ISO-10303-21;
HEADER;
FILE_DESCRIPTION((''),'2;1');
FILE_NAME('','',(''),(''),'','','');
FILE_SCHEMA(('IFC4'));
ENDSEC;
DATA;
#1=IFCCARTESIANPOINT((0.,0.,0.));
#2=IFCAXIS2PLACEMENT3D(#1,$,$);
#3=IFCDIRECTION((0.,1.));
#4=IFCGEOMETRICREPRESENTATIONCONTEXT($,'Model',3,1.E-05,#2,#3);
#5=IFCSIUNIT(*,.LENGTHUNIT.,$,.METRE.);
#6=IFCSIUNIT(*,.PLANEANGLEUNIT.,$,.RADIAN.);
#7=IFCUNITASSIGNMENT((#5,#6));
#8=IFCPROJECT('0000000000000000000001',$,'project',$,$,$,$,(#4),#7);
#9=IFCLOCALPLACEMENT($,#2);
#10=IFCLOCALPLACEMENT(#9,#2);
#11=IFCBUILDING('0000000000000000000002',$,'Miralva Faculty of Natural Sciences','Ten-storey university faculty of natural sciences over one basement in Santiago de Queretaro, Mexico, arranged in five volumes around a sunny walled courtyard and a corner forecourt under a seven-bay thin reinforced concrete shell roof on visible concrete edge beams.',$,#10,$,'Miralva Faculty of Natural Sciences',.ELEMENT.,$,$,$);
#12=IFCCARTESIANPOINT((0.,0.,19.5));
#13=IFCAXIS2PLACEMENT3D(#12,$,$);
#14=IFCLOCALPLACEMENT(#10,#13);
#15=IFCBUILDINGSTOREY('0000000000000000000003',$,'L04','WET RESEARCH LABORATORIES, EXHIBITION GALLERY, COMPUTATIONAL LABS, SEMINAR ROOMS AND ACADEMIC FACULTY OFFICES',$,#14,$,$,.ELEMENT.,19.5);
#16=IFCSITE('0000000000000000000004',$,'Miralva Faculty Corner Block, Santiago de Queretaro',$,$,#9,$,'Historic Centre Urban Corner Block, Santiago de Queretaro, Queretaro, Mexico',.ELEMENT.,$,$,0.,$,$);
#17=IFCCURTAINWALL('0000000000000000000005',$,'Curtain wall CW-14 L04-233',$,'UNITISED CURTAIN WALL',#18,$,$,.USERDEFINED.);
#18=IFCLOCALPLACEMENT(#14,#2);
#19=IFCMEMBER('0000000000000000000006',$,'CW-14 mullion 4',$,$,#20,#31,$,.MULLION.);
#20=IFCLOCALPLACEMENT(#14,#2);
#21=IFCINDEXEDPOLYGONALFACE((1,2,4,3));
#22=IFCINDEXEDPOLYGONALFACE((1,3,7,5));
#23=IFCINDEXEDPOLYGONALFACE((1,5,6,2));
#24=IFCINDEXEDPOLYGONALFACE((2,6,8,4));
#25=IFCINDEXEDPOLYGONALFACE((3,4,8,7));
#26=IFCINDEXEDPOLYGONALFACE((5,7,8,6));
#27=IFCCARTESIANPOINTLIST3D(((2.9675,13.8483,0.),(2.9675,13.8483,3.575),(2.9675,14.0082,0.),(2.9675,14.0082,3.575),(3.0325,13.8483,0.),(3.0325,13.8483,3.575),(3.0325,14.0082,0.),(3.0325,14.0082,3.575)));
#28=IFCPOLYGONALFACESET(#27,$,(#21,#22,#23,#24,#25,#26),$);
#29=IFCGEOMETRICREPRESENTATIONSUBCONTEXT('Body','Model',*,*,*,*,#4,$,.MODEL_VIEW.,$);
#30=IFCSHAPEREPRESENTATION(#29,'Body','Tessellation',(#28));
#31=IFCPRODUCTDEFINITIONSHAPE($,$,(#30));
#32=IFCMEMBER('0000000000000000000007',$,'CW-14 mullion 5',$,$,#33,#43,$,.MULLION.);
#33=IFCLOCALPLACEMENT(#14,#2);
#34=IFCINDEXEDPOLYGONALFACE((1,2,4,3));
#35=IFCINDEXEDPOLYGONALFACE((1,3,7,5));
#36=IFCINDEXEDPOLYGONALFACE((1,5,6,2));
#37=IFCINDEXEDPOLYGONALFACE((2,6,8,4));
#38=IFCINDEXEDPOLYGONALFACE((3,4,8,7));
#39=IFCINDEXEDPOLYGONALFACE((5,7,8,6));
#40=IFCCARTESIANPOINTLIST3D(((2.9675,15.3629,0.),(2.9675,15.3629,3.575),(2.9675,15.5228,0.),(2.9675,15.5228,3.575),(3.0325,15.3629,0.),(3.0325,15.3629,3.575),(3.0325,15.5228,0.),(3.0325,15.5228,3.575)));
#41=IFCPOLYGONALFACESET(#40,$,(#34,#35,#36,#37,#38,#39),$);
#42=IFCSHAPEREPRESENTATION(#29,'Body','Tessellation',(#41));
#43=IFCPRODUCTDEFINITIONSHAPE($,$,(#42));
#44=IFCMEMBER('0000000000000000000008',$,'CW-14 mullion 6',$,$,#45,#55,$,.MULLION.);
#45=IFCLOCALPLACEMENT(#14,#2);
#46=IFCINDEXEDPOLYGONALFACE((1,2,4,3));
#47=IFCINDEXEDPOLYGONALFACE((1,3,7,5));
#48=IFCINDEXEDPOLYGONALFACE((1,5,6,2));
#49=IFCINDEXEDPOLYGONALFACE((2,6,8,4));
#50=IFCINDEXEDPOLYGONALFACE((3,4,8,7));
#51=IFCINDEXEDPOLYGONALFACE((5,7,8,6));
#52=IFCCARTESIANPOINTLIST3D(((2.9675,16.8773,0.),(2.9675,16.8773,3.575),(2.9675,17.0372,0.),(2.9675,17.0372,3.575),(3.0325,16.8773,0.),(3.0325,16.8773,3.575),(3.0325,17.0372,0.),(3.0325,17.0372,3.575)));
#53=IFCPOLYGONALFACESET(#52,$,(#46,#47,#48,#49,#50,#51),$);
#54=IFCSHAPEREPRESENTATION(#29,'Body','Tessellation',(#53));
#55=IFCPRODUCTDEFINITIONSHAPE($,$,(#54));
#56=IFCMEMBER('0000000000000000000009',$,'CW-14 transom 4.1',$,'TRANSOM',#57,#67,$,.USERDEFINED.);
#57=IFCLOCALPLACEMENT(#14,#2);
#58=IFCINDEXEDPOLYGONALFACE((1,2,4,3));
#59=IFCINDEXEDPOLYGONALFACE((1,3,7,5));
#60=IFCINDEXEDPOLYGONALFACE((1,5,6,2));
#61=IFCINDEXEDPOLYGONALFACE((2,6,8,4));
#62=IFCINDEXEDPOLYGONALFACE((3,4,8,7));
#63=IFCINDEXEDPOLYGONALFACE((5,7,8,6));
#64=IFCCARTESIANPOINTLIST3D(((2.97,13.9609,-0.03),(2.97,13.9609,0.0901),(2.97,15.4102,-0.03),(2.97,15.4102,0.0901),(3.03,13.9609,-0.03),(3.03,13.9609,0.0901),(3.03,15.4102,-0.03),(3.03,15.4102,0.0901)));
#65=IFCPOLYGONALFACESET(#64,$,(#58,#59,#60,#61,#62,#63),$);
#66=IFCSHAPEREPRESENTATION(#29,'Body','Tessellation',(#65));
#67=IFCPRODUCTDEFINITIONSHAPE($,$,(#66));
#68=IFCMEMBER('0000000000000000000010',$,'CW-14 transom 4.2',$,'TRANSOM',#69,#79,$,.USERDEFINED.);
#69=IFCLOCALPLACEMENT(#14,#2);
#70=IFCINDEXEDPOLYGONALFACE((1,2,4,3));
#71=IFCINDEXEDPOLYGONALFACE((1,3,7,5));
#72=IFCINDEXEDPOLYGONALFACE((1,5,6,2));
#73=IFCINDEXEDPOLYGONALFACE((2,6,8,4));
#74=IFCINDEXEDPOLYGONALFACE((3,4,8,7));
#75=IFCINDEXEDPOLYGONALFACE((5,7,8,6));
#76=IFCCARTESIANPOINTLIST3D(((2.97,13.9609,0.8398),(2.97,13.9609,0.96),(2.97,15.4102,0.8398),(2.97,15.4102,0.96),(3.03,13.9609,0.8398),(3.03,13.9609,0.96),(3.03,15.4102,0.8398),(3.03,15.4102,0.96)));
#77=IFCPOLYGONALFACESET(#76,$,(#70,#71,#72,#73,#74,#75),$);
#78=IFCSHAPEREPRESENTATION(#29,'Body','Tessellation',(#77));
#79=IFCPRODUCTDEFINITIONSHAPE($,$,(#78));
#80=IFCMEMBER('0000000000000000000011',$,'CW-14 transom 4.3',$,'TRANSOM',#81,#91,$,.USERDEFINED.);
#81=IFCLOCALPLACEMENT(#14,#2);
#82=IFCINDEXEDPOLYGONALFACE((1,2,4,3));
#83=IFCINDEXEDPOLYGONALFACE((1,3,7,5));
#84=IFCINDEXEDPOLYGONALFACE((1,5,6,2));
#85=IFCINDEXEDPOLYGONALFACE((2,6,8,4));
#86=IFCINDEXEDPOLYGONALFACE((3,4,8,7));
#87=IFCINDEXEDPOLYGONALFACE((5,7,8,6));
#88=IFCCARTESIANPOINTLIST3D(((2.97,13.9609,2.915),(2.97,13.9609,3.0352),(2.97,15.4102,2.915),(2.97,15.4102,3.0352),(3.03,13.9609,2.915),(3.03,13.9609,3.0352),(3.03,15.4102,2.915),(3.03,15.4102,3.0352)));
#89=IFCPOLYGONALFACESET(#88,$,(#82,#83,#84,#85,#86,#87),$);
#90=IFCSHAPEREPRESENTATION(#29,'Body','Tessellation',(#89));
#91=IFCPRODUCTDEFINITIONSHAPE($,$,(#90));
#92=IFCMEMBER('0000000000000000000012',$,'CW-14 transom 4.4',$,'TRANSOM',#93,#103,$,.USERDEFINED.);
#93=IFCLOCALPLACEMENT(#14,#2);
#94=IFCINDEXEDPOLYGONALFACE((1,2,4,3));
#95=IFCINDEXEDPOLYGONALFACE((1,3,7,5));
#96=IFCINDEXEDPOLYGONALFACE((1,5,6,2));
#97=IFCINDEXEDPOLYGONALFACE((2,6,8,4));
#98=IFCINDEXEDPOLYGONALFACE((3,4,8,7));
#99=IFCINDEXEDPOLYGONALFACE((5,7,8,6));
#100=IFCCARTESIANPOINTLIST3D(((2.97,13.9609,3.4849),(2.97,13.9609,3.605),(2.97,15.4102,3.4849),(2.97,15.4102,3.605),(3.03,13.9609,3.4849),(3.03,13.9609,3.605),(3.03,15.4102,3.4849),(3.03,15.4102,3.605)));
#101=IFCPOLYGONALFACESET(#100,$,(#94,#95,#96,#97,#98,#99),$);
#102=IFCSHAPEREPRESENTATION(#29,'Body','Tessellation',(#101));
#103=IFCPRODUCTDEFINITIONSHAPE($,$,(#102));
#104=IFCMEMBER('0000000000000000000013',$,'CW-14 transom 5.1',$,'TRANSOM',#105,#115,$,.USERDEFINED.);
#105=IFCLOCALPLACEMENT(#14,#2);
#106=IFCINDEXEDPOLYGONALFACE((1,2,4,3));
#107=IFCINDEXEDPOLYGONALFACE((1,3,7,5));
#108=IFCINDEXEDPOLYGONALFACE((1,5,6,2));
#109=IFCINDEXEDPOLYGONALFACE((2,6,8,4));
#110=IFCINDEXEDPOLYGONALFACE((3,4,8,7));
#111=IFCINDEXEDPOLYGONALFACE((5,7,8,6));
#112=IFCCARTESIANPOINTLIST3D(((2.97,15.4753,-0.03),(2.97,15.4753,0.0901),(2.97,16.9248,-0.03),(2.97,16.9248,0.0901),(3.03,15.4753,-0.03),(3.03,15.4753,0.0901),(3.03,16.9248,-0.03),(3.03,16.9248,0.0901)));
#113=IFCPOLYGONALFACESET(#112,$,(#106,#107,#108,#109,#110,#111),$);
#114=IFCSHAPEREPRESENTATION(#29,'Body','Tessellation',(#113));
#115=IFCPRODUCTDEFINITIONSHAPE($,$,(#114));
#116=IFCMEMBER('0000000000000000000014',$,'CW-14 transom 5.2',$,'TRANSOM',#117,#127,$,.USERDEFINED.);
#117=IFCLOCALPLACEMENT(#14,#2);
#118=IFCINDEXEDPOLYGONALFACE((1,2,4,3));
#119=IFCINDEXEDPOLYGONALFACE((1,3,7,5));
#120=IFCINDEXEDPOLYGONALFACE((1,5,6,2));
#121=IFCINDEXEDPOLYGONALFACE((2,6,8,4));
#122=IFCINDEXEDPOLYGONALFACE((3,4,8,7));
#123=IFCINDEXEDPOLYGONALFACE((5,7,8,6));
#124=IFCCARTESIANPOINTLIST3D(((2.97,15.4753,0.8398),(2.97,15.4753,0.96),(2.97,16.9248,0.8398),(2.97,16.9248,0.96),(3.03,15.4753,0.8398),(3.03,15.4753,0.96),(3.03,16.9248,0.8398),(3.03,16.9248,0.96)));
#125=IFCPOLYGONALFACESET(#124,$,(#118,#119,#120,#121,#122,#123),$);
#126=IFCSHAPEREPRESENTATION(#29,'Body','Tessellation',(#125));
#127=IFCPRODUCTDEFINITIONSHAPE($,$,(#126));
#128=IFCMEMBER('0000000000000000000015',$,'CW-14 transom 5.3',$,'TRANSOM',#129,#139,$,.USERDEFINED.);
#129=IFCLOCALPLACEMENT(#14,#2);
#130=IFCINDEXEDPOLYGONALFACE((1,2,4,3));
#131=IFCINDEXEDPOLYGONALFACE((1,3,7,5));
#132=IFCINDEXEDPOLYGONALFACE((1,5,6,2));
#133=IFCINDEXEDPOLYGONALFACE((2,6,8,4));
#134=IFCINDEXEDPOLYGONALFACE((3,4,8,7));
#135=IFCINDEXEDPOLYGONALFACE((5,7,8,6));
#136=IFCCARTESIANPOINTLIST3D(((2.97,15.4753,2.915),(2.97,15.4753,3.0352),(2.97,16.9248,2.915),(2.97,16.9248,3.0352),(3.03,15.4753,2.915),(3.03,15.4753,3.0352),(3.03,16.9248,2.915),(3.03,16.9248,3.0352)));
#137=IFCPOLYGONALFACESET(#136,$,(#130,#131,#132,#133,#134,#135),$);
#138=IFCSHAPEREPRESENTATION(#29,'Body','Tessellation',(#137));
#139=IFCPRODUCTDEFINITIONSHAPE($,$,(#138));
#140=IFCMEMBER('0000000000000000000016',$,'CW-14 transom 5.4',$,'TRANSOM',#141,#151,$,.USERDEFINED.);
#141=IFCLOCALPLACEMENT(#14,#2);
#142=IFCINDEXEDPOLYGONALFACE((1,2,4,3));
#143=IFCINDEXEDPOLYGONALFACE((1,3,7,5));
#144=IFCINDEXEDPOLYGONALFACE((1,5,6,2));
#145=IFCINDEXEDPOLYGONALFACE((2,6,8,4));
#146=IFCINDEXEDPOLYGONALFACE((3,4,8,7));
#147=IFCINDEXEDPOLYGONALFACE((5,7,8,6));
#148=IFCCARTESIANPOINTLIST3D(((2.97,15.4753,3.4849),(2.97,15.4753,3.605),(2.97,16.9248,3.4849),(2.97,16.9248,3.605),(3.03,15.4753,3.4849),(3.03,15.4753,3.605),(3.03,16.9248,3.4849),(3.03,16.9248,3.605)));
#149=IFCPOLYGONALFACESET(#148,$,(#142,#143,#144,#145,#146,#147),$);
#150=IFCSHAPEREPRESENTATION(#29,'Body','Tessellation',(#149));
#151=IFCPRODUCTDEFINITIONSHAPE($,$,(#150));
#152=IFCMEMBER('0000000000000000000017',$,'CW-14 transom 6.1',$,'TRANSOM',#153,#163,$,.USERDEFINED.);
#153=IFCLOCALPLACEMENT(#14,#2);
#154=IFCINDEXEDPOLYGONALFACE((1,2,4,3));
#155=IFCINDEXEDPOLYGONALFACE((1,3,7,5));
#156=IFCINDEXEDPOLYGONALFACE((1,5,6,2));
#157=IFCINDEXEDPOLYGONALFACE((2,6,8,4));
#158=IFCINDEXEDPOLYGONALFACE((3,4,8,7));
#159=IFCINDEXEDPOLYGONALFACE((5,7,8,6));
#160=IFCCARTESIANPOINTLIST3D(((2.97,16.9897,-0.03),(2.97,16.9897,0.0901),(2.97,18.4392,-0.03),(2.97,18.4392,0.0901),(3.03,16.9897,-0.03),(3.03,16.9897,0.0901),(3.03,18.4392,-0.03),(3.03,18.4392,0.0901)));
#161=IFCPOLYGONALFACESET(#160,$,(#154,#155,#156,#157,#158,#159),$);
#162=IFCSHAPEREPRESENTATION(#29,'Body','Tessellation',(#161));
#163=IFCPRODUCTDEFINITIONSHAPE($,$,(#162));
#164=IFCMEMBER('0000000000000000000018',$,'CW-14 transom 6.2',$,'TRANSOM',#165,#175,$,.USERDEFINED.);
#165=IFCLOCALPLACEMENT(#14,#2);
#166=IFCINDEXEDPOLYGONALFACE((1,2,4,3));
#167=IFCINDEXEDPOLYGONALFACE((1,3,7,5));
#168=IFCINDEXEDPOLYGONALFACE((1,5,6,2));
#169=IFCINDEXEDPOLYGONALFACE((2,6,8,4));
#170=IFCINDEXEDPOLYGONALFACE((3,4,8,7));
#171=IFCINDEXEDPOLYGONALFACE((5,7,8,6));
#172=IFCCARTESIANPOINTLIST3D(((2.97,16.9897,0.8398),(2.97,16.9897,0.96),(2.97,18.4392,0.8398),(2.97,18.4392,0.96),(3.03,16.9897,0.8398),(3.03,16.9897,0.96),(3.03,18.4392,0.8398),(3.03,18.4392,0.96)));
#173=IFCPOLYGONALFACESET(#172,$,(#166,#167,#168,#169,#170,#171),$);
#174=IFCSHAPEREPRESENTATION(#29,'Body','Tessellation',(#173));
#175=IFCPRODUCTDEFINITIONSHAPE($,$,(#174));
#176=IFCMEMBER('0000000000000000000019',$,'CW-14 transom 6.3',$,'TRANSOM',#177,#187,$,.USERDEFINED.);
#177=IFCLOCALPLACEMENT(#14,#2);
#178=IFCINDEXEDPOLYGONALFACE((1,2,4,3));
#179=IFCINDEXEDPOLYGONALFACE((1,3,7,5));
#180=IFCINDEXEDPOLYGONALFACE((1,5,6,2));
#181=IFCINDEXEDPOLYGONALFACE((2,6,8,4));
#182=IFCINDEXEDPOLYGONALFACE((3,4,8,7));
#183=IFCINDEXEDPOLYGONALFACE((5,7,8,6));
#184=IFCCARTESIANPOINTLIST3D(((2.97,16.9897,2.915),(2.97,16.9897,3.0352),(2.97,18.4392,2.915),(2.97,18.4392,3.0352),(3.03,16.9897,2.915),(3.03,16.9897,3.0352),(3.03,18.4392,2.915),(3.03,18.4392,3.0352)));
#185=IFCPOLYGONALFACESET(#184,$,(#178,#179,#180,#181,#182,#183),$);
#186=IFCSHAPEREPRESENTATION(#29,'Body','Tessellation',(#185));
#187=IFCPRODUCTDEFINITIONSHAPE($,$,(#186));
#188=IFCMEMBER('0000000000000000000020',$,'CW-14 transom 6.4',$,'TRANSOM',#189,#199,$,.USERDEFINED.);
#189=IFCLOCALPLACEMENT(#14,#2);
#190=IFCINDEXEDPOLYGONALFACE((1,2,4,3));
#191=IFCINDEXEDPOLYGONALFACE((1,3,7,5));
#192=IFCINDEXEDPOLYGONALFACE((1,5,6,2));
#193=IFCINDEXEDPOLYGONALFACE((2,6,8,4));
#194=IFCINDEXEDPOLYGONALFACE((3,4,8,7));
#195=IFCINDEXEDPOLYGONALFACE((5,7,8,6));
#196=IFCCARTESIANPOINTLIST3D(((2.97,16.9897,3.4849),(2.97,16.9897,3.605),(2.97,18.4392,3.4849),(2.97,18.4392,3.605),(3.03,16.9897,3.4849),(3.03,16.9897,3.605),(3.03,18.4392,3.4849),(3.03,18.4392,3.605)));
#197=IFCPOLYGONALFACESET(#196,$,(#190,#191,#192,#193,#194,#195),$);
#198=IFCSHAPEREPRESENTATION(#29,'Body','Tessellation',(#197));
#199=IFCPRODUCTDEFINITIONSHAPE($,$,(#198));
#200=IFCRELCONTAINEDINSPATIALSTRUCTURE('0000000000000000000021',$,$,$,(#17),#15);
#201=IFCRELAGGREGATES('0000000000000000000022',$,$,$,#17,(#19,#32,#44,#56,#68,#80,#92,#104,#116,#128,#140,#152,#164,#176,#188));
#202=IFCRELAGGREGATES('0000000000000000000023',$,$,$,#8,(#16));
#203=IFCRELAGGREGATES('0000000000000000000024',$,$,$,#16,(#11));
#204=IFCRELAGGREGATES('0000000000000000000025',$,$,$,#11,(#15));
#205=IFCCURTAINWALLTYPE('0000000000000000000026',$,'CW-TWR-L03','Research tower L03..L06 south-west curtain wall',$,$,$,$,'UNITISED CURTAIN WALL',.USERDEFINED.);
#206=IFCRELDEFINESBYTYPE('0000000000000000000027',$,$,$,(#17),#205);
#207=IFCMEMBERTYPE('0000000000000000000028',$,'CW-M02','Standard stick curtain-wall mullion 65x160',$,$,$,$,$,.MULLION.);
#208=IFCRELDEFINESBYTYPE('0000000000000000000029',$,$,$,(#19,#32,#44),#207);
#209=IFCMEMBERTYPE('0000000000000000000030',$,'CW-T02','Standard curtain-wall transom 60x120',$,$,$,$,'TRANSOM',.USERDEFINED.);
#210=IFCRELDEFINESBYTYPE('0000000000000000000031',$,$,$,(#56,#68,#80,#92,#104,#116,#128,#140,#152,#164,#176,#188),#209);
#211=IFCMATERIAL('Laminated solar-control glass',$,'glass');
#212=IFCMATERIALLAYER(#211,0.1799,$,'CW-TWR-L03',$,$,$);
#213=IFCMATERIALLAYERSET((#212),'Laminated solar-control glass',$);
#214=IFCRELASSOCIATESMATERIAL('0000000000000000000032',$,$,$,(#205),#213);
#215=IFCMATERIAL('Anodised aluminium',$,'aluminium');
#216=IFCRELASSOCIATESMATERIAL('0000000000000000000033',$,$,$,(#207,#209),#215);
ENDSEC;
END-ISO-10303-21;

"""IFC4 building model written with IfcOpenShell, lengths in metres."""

from ifc_helpers import new_model, si_unit, direction, frame, origin, origin_2d, place, context, subcontext, project, spatial, rectangle, extrude, material, layer, layer_set, material_profile, profile_set, type_object, element, aggregate, save


model = new_model("IFC4")

# Units and contexts
model_context = context("Model", 3, precision=1e-05, world=origin(), true_north=direction((0.0, 1.0)))
body_context = subcontext(model_context, "Body", "Model", "MODEL_VIEW")
ifc_project = project(units=[si_unit("LENGTHUNIT", "METRE"), si_unit("PLANEANGLEUNIT", "RADIAN")], contexts=[model_context])

# Site, building, storey
site_placement = place(None, origin())
site = spatial("IfcSite", under=ifc_project, at=site_placement, Name="Miralva Faculty Corner Block, Santiago de Queretaro", LongName="Historic Centre Urban Corner Block, Santiago de Queretaro, Queretaro, Mexico", CompositionType="ELEMENT", RefElevation=0.0)
building_placement = place(site_placement, origin())
building = spatial("IfcBuilding", under=site, at=building_placement, Name="Miralva Faculty of Natural Sciences", Description="Ten-storey university faculty of natural sciences over one basement in Santiago de Queretaro, Mexico, arranged in five volumes around a sunny walled courtyard and a corner forecourt under a seven-bay thin reinforced concrete shell roof on visible concrete edge beams.", LongName="Miralva Faculty of Natural Sciences", CompositionType="ELEMENT")
storey_placement = place(building_placement, frame((0.0, 0.0, 19.5)))
storey = spatial("IfcBuildingStorey", under=building, at=storey_placement, Name="L04", Description="WET RESEARCH LABORATORIES, EXHIBITION GALLERY, COMPUTATIONAL LABS, SEMINAR ROOMS AND ACADEMIC FACULTY OFFICES", CompositionType="ELEMENT", Elevation=19.5)

# Curtain wall, members
ifc_material_1 = material(Name="Laminated solar-control glass", Category="glass")
ifc_layer_1 = layer(ifc_material_1, 0.1799, Name="CW-TWR-L03")
ifc_layer_set_1 = layer_set([ifc_layer_1], Name="Laminated solar-control glass")
curtain_wall_type = type_object("IfcCurtainWallType", Name="CW-TWR-L03", Description="Research tower L03..L06 south-west curtain wall", ElementType="UNITISED CURTAIN WALL", PredefinedType="USERDEFINED", material=ifc_layer_set_1)
curtain_wall_placement = place(storey_placement, origin())
curtain_wall = element("IfcCurtainWall", 1, at=curtain_wall_placement, inside=storey, type_object=curtain_wall_type, Name="Curtain wall CW-14 L04-233", ObjectType="UNITISED CURTAIN WALL", PredefinedType="USERDEFINED")
ifc_material_2 = material(Name="Anodised aluminium", Category="aluminium")
ifc_material_profile_1 = material_profile(ifc_material_2, rectangle(XDim=0.0649, YDim=0.1599, at=origin_2d()), Name="MULLION 65x160")
ifc_profile_set_1 = profile_set([ifc_material_profile_1], Name="Anodised aluminium")
member_type_1 = type_object("IfcMemberType", Name="CW-M02", Description="Standard stick curtain-wall mullion 65x160", PredefinedType="MULLION", material=ifc_profile_set_1)
member_1_placement = place(storey_placement, frame((3.0, 13.9282, 0.0), z_axis=(0.0, 0.0, 1.0), x_axis=(-1.0, 0.0, 0.0)))
member_1 = element("IfcMember", 2, at=member_1_placement, type_object=member_type_1, Name="CW-14 mullion 4", PredefinedType="MULLION", context=body_context, shape_type="SweptSolid", body=[
    extrude(rectangle(XDim=0.0649, YDim=0.1599, at=origin_2d()), origin(), (0.0, 0.0, 1.0), 3.575),
])
member_2_placement = place(storey_placement, frame((3.0, 15.4429, 0.0), z_axis=(0.0, 0.0, 1.0), x_axis=(-1.0, 0.0, 0.0)))
member_2 = element("IfcMember", 3, at=member_2_placement, type_object=member_type_1, Name="CW-14 mullion 5", PredefinedType="MULLION", context=body_context, shape_type="SweptSolid", body=[
    extrude(rectangle(XDim=0.0649, YDim=0.1599, at=origin_2d()), origin(), (0.0, 0.0, 1.0), 3.575),
])
member_3_placement = place(storey_placement, frame((3.0, 16.9573, 0.0), z_axis=(0.0, 0.0, 1.0), x_axis=(-1.0, 0.0, 0.0)))
member_3 = element("IfcMember", 4, at=member_3_placement, type_object=member_type_1, Name="CW-14 mullion 6", PredefinedType="MULLION", context=body_context, shape_type="SweptSolid", body=[
    extrude(rectangle(XDim=0.0649, YDim=0.1599, at=origin_2d()), origin(), (0.0, 0.0, 1.0), 3.575),
])
ifc_material_profile_2 = material_profile(ifc_material_2, rectangle(XDim=0.0601, YDim=0.1201, at=origin_2d()), Name="TRANSOM 60x120")
ifc_profile_set_2 = profile_set([ifc_material_profile_2], Name="Anodised aluminium")
member_type_2 = type_object("IfcMemberType", Name="CW-T02", Description="Standard curtain-wall transom 60x120", ElementType="TRANSOM", PredefinedType="USERDEFINED", material=ifc_profile_set_2)
member_4_placement = place(storey_placement, frame((3.0, 13.9609, 0.03), z_axis=(0.0, 1.0, 0.0), x_axis=(-1.0, 0.0, 0.0)))
member_4 = element("IfcMember", 5, at=member_4_placement, type_object=member_type_2, Name="CW-14 transom 4.1", ObjectType="TRANSOM", PredefinedType="USERDEFINED", context=body_context, shape_type="SweptSolid", body=[
    extrude(rectangle(XDim=0.0601, YDim=0.1201, at=origin_2d()), origin(), (0.0, 0.0, 1.0), 1.4492),
])
member_5_placement = place(storey_placement, frame((3.0, 13.9609, 0.8999), z_axis=(0.0, 1.0, 0.0), x_axis=(-1.0, 0.0, 0.0)))
member_5 = element("IfcMember", 6, at=member_5_placement, type_object=member_type_2, Name="CW-14 transom 4.2", ObjectType="TRANSOM", PredefinedType="USERDEFINED", context=body_context, shape_type="SweptSolid", body=[
    extrude(rectangle(XDim=0.0601, YDim=0.1201, at=origin_2d()), origin(), (0.0, 0.0, 1.0), 1.4492),
])
member_6_placement = place(storey_placement, frame((3.0, 13.9609, 2.9751), z_axis=(0.0, 1.0, 0.0), x_axis=(-1.0, 0.0, 0.0)))
member_6 = element("IfcMember", 7, at=member_6_placement, type_object=member_type_2, Name="CW-14 transom 4.3", ObjectType="TRANSOM", PredefinedType="USERDEFINED", context=body_context, shape_type="SweptSolid", body=[
    extrude(rectangle(XDim=0.0601, YDim=0.1201, at=origin_2d()), origin(), (0.0, 0.0, 1.0), 1.4492),
])
member_7_placement = place(storey_placement, frame((3.0, 13.9609, 3.5449), z_axis=(0.0, 1.0, 0.0), x_axis=(-1.0, 0.0, 0.0)))
member_7 = element("IfcMember", 8, at=member_7_placement, type_object=member_type_2, Name="CW-14 transom 4.4", ObjectType="TRANSOM", PredefinedType="USERDEFINED", context=body_context, shape_type="SweptSolid", body=[
    extrude(rectangle(XDim=0.0601, YDim=0.1201, at=origin_2d()), origin(), (0.0, 0.0, 1.0), 1.4492),
])
member_8_placement = place(storey_placement, frame((3.0, 15.4753, 0.03), z_axis=(0.0, 1.0, 0.0), x_axis=(-1.0, 0.0, 0.0)))
member_8 = element("IfcMember", 9, at=member_8_placement, type_object=member_type_2, Name="CW-14 transom 5.1", ObjectType="TRANSOM", PredefinedType="USERDEFINED", context=body_context, shape_type="SweptSolid", body=[
    extrude(rectangle(XDim=0.0601, YDim=0.1201, at=origin_2d()), origin(), (0.0, 0.0, 1.0), 1.4495),
])
member_9_placement = place(storey_placement, frame((3.0, 15.4753, 0.8999), z_axis=(0.0, 1.0, 0.0), x_axis=(-1.0, 0.0, 0.0)))
member_9 = element("IfcMember", 10, at=member_9_placement, type_object=member_type_2, Name="CW-14 transom 5.2", ObjectType="TRANSOM", PredefinedType="USERDEFINED", context=body_context, shape_type="SweptSolid", body=[
    extrude(rectangle(XDim=0.0601, YDim=0.1201, at=origin_2d()), origin(), (0.0, 0.0, 1.0), 1.4495),
])
member_10_placement = place(storey_placement, frame((3.0, 15.4753, 2.9751), z_axis=(0.0, 1.0, 0.0), x_axis=(-1.0, 0.0, 0.0)))
member_10 = element("IfcMember", 11, at=member_10_placement, type_object=member_type_2, Name="CW-14 transom 5.3", ObjectType="TRANSOM", PredefinedType="USERDEFINED", context=body_context, shape_type="SweptSolid", body=[
    extrude(rectangle(XDim=0.0601, YDim=0.1201, at=origin_2d()), origin(), (0.0, 0.0, 1.0), 1.4495),
])
member_11_placement = place(storey_placement, frame((3.0, 15.4753, 3.5449), z_axis=(0.0, 1.0, 0.0), x_axis=(-1.0, 0.0, 0.0)))
member_11 = element("IfcMember", 12, at=member_11_placement, type_object=member_type_2, Name="CW-14 transom 5.4", ObjectType="TRANSOM", PredefinedType="USERDEFINED", context=body_context, shape_type="SweptSolid", body=[
    extrude(rectangle(XDim=0.0601, YDim=0.1201, at=origin_2d()), origin(), (0.0, 0.0, 1.0), 1.4495),
])
member_12_placement = place(storey_placement, frame((3.0, 16.9897, 0.03), z_axis=(0.0, 1.0, 0.0), x_axis=(-1.0, 0.0, 0.0)))
member_12 = element("IfcMember", 13, at=member_12_placement, type_object=member_type_2, Name="CW-14 transom 6.1", ObjectType="TRANSOM", PredefinedType="USERDEFINED", context=body_context, shape_type="SweptSolid", body=[
    extrude(rectangle(XDim=0.0601, YDim=0.1201, at=origin_2d()), origin(), (0.0, 0.0, 1.0), 1.4495),
])
member_13_placement = place(storey_placement, frame((3.0, 16.9897, 0.8999), z_axis=(0.0, 1.0, 0.0), x_axis=(-1.0, 0.0, 0.0)))
member_13 = element("IfcMember", 14, at=member_13_placement, type_object=member_type_2, Name="CW-14 transom 6.2", ObjectType="TRANSOM", PredefinedType="USERDEFINED", context=body_context, shape_type="SweptSolid", body=[
    extrude(rectangle(XDim=0.0601, YDim=0.1201, at=origin_2d()), origin(), (0.0, 0.0, 1.0), 1.4495),
])
member_14_placement = place(storey_placement, frame((3.0, 16.9897, 2.9751), z_axis=(0.0, 1.0, 0.0), x_axis=(-1.0, 0.0, 0.0)))
member_14 = element("IfcMember", 15, at=member_14_placement, type_object=member_type_2, Name="CW-14 transom 6.3", ObjectType="TRANSOM", PredefinedType="USERDEFINED", context=body_context, shape_type="SweptSolid", body=[
    extrude(rectangle(XDim=0.0601, YDim=0.1201, at=origin_2d()), origin(), (0.0, 0.0, 1.0), 1.4495),
])
member_15_placement = place(storey_placement, frame((3.0, 16.9897, 3.5449), z_axis=(0.0, 1.0, 0.0), x_axis=(-1.0, 0.0, 0.0)))
member_15 = element("IfcMember", 16, at=member_15_placement, type_object=member_type_2, Name="CW-14 transom 6.4", ObjectType="TRANSOM", PredefinedType="USERDEFINED", context=body_context, shape_type="SweptSolid", body=[
    extrude(rectangle(XDim=0.0601, YDim=0.1201, at=origin_2d()), origin(), (0.0, 0.0, 1.0), 1.4495),
])
aggregate(curtain_wall, [member_1, member_2, member_3, member_4, member_5, member_6, member_7, member_8, member_9, member_10, member_11, member_12, member_13, member_14, member_15])

save(model, "model.ifc")
